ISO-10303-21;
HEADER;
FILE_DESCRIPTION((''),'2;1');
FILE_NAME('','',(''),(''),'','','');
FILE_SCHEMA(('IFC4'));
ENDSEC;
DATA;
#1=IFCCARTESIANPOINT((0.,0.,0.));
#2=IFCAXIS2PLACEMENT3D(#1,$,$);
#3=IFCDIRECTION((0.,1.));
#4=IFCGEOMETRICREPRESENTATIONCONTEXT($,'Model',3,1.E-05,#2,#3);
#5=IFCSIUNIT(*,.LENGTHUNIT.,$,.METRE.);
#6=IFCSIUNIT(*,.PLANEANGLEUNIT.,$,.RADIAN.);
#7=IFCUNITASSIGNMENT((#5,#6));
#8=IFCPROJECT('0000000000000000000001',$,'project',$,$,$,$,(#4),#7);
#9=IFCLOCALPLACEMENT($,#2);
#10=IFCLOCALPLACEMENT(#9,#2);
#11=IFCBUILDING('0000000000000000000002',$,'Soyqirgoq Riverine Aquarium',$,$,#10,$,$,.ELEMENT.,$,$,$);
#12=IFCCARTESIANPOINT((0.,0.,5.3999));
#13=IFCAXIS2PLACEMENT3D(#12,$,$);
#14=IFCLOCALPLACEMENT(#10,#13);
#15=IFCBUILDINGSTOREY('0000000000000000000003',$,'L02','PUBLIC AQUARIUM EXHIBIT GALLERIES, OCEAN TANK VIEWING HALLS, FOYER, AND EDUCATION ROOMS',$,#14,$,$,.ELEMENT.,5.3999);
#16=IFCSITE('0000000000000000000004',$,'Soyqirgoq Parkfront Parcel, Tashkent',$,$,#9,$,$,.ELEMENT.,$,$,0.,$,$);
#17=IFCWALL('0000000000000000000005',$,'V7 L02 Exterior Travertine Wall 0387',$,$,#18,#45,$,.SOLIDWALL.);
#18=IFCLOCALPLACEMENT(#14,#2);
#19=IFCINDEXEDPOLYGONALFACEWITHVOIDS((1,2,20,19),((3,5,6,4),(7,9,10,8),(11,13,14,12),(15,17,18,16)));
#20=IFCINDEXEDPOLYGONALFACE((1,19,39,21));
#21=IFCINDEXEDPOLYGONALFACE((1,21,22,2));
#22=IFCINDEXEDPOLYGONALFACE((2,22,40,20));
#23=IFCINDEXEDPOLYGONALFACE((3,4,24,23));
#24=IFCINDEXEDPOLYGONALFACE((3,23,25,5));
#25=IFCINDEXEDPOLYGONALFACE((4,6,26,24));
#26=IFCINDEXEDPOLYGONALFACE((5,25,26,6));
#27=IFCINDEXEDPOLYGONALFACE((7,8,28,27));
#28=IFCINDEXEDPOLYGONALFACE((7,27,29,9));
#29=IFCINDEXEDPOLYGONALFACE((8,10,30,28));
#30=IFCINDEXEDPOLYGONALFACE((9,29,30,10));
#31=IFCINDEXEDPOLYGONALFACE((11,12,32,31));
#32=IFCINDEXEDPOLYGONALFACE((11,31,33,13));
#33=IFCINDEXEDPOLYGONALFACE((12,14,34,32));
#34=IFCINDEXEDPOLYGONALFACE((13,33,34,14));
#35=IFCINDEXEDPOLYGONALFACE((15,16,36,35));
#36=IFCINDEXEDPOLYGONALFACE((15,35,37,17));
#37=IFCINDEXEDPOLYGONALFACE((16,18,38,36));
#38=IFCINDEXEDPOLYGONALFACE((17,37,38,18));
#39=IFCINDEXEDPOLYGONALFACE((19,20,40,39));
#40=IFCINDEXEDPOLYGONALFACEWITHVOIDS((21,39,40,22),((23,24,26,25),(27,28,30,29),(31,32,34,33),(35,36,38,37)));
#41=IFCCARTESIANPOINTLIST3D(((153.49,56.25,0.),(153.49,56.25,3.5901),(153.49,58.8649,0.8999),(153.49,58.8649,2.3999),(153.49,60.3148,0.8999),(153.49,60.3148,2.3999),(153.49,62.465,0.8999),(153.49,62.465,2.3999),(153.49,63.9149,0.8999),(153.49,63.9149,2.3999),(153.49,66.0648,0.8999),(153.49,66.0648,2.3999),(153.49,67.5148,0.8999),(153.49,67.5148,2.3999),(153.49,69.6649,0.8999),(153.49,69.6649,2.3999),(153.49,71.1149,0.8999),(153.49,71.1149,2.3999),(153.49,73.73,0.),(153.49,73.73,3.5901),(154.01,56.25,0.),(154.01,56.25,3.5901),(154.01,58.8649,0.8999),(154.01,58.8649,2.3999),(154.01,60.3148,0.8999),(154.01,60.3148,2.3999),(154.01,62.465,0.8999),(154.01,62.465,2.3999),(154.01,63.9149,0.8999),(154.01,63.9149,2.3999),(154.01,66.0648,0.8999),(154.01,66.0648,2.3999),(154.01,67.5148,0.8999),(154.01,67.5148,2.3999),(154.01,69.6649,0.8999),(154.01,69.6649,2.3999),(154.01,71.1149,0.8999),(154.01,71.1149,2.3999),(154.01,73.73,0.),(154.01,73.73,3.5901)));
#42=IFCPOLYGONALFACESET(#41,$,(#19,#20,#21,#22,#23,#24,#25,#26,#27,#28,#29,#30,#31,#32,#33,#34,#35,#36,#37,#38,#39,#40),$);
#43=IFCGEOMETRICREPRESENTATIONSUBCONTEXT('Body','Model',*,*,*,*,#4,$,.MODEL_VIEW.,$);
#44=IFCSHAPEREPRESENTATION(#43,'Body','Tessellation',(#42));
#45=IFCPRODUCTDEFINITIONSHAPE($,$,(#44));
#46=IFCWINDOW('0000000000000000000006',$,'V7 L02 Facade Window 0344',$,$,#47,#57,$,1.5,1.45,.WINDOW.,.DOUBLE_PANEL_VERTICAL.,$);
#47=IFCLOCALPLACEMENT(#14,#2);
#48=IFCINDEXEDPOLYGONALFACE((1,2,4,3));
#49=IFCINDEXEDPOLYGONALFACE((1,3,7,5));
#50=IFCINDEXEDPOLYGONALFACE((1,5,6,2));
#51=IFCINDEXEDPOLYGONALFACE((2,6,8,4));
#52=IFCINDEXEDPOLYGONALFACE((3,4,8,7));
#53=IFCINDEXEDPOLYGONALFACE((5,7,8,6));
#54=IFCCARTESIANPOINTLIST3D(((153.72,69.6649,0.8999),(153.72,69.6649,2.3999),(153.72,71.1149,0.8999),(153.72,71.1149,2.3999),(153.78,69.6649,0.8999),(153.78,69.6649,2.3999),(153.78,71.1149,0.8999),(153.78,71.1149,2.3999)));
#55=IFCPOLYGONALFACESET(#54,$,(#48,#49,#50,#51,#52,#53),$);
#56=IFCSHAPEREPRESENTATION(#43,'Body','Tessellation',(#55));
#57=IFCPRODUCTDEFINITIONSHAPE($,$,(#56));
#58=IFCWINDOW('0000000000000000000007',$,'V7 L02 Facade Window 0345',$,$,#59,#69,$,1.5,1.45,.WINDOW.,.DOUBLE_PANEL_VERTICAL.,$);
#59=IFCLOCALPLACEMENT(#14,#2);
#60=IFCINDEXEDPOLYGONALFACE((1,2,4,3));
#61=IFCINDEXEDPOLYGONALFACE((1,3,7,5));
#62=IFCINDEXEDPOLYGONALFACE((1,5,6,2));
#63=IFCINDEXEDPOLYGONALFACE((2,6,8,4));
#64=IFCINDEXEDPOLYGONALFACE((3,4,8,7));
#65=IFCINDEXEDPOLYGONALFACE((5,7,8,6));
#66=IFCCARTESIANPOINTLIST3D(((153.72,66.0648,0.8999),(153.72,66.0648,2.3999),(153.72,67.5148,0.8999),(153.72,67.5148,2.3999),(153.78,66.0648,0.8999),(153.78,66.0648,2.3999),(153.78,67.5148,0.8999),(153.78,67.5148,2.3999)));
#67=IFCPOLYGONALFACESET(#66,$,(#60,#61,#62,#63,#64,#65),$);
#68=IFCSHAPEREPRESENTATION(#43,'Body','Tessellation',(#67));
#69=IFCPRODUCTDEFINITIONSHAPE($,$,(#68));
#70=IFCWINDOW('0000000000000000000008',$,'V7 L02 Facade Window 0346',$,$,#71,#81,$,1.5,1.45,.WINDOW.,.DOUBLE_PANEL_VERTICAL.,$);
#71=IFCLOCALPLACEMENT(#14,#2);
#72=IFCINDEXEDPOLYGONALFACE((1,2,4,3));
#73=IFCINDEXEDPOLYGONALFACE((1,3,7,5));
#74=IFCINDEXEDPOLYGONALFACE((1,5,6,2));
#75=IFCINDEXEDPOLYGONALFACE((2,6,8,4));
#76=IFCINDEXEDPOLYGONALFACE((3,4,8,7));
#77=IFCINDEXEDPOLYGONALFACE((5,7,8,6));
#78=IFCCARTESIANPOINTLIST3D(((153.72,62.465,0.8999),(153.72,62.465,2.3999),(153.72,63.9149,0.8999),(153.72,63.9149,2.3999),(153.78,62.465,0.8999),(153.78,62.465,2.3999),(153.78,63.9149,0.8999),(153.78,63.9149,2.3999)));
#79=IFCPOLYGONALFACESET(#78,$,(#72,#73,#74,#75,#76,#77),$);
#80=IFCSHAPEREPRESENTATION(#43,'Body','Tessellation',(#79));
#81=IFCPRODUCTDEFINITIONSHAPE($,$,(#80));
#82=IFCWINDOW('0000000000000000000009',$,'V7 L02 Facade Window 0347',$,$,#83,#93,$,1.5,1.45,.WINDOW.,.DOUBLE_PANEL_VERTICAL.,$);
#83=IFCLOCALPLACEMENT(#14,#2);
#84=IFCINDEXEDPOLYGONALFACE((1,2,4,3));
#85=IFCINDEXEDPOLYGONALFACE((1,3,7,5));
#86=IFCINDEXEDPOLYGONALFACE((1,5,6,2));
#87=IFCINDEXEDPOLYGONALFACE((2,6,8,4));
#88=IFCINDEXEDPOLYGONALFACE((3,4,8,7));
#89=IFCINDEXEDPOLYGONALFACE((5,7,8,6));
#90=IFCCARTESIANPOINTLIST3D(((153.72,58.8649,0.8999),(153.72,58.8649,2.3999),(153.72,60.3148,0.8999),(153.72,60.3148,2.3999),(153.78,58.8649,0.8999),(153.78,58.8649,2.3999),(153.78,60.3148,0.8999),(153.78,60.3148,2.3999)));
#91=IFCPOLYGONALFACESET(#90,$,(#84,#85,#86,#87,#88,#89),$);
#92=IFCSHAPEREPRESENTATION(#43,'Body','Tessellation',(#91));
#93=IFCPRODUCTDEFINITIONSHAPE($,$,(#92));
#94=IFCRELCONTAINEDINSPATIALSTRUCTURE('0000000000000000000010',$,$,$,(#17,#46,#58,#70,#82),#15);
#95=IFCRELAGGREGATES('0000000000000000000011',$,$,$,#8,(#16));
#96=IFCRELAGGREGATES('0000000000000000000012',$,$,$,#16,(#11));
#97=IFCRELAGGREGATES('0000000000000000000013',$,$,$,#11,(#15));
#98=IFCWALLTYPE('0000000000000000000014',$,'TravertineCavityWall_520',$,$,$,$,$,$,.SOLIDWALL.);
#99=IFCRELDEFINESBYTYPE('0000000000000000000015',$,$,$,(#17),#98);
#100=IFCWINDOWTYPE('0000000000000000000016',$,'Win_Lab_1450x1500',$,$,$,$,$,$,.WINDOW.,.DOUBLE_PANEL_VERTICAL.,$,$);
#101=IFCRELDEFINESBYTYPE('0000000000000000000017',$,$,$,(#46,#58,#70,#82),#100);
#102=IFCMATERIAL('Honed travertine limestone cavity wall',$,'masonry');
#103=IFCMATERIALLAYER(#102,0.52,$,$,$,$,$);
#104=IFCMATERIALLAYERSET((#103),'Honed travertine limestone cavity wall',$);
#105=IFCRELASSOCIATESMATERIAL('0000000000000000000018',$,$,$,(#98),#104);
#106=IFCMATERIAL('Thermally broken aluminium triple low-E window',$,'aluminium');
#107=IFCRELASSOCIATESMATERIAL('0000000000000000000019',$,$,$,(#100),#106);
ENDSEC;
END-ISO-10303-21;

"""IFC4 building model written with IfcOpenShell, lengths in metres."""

from ifc_helpers import new_model, si_unit, direction, frame, frame_2d, origin, place, context, subcontext, project, spatial, rectangle, extrude, material, layer, layer_set, type_object, element, fill, save


model = new_model("IFC4")

# Units and contexts
model_context = context("Model", 3, precision=1e-05, world=origin(), true_north=direction((0.0, 1.0)))
body_context = subcontext(model_context, "Body", "Model", "MODEL_VIEW")
ifc_project = project(units=[si_unit("LENGTHUNIT", "METRE"), si_unit("PLANEANGLEUNIT", "RADIAN")], contexts=[model_context])

# Site, building, storey
site_placement = place(None, origin())
site = spatial("IfcSite", under=ifc_project, at=site_placement, Name="Soyqirgoq Parkfront Parcel, Tashkent", CompositionType="ELEMENT", RefElevation=0.0)
building_placement = place(site_placement, origin())
building = spatial("IfcBuilding", under=site, at=building_placement, Name="Soyqirgoq Riverine Aquarium", CompositionType="ELEMENT")
storey_placement = place(building_placement, frame((0.0, 0.0, 5.3999)))
storey = spatial("IfcBuildingStorey", under=building, at=storey_placement, Name="L02", Description="PUBLIC AQUARIUM EXHIBIT GALLERIES, OCEAN TANK VIEWING HALLS, FOYER, AND EDUCATION ROOMS", CompositionType="ELEMENT", Elevation=5.3999)

# Wall, openings, windows
ifc_material_1 = material(Name="Honed travertine limestone cavity wall", Category="masonry")
ifc_layer_1 = layer(ifc_material_1, 0.52)
ifc_layer_set_1 = layer_set([ifc_layer_1], Name="Honed travertine limestone cavity wall")
wall_type_1 = type_object("IfcWallType", Name="TravertineCavityWall_520", PredefinedType="SOLIDWALL", material=ifc_layer_set_1)
wall_1_placement = place(storey_placement, frame((153.75, 73.73, 0.0), z_axis=(0.0, 0.0, 1.0), x_axis=(0.0, -1.0, 0.0)))
wall_1 = element("IfcWall", 1, at=wall_1_placement, inside=storey, type_object=wall_type_1, Name="V7 L02 Exterior Travertine Wall 0387", PredefinedType="SOLIDWALL", context=body_context, shape_type="SweptSolid", body=[
    extrude(rectangle(XDim=17.48, YDim=0.52, at=frame_2d((8.74, 0.0))), origin(), (0.0, 0.0, 1.0), 3.5901),
])
opening_1_placement = place(wall_1_placement, frame((2.615, 0.0, 0.8999)))
opening_1 = element("IfcOpeningElement", 2, at=opening_1_placement, cuts=wall_1, PredefinedType="OPENING", context=body_context, shape_type="SweptSolid", body=[
    extrude(rectangle(XDim=1.45, YDim=1.5, at=frame_2d((0.7251, 0.75))), frame((0.0, 0.27, 0.0), z_axis=(0.0, -1.0, 0.0), x_axis=(1.0, 0.0, 0.0)), (0.0, 0.0, 1.0), 0.54),
])
opening_2_placement = place(wall_1_placement, frame((6.2151, 0.0, 0.8999)))
opening_2 = element("IfcOpeningElement", 3, at=opening_2_placement, cuts=wall_1, PredefinedType="OPENING", context=body_context, shape_type="SweptSolid", body=[
    extrude(rectangle(XDim=1.45, YDim=1.5, at=frame_2d((0.7251, 0.75))), frame((0.0, 0.27, 0.0), z_axis=(0.0, -1.0, 0.0), x_axis=(1.0, 0.0, 0.0)), (0.0, 0.0, 1.0), 0.54),
])
opening_3_placement = place(wall_1_placement, frame((9.8149, 0.0, 0.8999)))
opening_3 = element("IfcOpeningElement", 4, at=opening_3_placement, cuts=wall_1, PredefinedType="OPENING", context=body_context, shape_type="SweptSolid", body=[
    extrude(rectangle(XDim=1.45, YDim=1.5, at=frame_2d((0.7251, 0.75))), frame((0.0, 0.27, 0.0), z_axis=(0.0, -1.0, 0.0), x_axis=(1.0, 0.0, 0.0)), (0.0, 0.0, 1.0), 0.54),
])
opening_4_placement = place(wall_1_placement, frame((13.415, 0.0, 0.8999)))
opening_4 = element("IfcOpeningElement", 5, at=opening_4_placement, cuts=wall_1, PredefinedType="OPENING", context=body_context, shape_type="SweptSolid", body=[
    extrude(rectangle(XDim=1.45, YDim=1.5, at=frame_2d((0.7251, 0.75))), frame((0.0, 0.27, 0.0), z_axis=(0.0, -1.0, 0.0), x_axis=(1.0, 0.0, 0.0)), (0.0, 0.0, 1.0), 0.54),
])
ifc_material_2 = material(Name="Thermally broken aluminium triple low-E window", Category="aluminium")
window_type = type_object("IfcWindowType", Name="Win_Lab_1450x1500", PartitioningType="DOUBLE_PANEL_VERTICAL", PredefinedType="WINDOW", material=ifc_material_2)
window_1_placement = place(opening_1_placement, origin())
window_1 = element("IfcWindow", 6, at=window_1_placement, inside=storey, type_object=window_type, Name="V7 L02 Facade Window 0344", OverallHeight=1.5, OverallWidth=1.45, PartitioningType="DOUBLE_PANEL_VERTICAL", PredefinedType="WINDOW", context=body_context, shape_type="SweptSolid", body=[
    extrude(rectangle(XDim=1.45, YDim=1.5, at=frame_2d((0.7251, 0.75))), frame((0.0, 0.03, 0.0), z_axis=(0.0, -1.0, 0.0), x_axis=(1.0, 0.0, 0.0)), (0.0, 0.0, 1.0), 0.0601),
])
fill(opening_1, window_1)
window_2_placement = place(opening_2_placement, origin())
window_2 = element("IfcWindow", 7, at=window_2_placement, inside=storey, type_object=window_type, Name="V7 L02 Facade Window 0345", OverallHeight=1.5, OverallWidth=1.45, PartitioningType="DOUBLE_PANEL_VERTICAL", PredefinedType="WINDOW", context=body_context, shape_type="SweptSolid", body=[
    extrude(rectangle(XDim=1.45, YDim=1.5, at=frame_2d((0.7251, 0.75))), frame((0.0, 0.03, 0.0), z_axis=(0.0, -1.0, 0.0), x_axis=(1.0, 0.0, 0.0)), (0.0, 0.0, 1.0), 0.0601),
])
fill(opening_2, window_2)
window_3_placement = place(opening_3_placement, origin())
window_3 = element("IfcWindow", 8, at=window_3_placement, inside=storey, type_object=window_type, Name="V7 L02 Facade Window 0346", OverallHeight=1.5, OverallWidth=1.45, PartitioningType="DOUBLE_PANEL_VERTICAL", PredefinedType="WINDOW", context=body_context, shape_type="SweptSolid", body=[
    extrude(rectangle(XDim=1.45, YDim=1.5, at=frame_2d((0.7251, 0.75))), frame((0.0, 0.03, 0.0), z_axis=(0.0, -1.0, 0.0), x_axis=(1.0, 0.0, 0.0)), (0.0, 0.0, 1.0), 0.0601),
])
fill(opening_3, window_3)
window_4_placement = place(opening_4_placement, origin())
window_4 = element("IfcWindow", 9, at=window_4_placement, inside=storey, type_object=window_type, Name="V7 L02 Facade Window 0347", OverallHeight=1.5, OverallWidth=1.45, PartitioningType="DOUBLE_PANEL_VERTICAL", PredefinedType="WINDOW", context=body_context, shape_type="SweptSolid", body=[
    extrude(rectangle(XDim=1.45, YDim=1.5, at=frame_2d((0.7251, 0.75))), frame((0.0, 0.03, 0.0), z_axis=(0.0, -1.0, 0.0), x_axis=(1.0, 0.0, 0.0)), (0.0, 0.0, 1.0), 0.0601),
])
fill(opening_4, window_4)

save(model, "model.ifc")
